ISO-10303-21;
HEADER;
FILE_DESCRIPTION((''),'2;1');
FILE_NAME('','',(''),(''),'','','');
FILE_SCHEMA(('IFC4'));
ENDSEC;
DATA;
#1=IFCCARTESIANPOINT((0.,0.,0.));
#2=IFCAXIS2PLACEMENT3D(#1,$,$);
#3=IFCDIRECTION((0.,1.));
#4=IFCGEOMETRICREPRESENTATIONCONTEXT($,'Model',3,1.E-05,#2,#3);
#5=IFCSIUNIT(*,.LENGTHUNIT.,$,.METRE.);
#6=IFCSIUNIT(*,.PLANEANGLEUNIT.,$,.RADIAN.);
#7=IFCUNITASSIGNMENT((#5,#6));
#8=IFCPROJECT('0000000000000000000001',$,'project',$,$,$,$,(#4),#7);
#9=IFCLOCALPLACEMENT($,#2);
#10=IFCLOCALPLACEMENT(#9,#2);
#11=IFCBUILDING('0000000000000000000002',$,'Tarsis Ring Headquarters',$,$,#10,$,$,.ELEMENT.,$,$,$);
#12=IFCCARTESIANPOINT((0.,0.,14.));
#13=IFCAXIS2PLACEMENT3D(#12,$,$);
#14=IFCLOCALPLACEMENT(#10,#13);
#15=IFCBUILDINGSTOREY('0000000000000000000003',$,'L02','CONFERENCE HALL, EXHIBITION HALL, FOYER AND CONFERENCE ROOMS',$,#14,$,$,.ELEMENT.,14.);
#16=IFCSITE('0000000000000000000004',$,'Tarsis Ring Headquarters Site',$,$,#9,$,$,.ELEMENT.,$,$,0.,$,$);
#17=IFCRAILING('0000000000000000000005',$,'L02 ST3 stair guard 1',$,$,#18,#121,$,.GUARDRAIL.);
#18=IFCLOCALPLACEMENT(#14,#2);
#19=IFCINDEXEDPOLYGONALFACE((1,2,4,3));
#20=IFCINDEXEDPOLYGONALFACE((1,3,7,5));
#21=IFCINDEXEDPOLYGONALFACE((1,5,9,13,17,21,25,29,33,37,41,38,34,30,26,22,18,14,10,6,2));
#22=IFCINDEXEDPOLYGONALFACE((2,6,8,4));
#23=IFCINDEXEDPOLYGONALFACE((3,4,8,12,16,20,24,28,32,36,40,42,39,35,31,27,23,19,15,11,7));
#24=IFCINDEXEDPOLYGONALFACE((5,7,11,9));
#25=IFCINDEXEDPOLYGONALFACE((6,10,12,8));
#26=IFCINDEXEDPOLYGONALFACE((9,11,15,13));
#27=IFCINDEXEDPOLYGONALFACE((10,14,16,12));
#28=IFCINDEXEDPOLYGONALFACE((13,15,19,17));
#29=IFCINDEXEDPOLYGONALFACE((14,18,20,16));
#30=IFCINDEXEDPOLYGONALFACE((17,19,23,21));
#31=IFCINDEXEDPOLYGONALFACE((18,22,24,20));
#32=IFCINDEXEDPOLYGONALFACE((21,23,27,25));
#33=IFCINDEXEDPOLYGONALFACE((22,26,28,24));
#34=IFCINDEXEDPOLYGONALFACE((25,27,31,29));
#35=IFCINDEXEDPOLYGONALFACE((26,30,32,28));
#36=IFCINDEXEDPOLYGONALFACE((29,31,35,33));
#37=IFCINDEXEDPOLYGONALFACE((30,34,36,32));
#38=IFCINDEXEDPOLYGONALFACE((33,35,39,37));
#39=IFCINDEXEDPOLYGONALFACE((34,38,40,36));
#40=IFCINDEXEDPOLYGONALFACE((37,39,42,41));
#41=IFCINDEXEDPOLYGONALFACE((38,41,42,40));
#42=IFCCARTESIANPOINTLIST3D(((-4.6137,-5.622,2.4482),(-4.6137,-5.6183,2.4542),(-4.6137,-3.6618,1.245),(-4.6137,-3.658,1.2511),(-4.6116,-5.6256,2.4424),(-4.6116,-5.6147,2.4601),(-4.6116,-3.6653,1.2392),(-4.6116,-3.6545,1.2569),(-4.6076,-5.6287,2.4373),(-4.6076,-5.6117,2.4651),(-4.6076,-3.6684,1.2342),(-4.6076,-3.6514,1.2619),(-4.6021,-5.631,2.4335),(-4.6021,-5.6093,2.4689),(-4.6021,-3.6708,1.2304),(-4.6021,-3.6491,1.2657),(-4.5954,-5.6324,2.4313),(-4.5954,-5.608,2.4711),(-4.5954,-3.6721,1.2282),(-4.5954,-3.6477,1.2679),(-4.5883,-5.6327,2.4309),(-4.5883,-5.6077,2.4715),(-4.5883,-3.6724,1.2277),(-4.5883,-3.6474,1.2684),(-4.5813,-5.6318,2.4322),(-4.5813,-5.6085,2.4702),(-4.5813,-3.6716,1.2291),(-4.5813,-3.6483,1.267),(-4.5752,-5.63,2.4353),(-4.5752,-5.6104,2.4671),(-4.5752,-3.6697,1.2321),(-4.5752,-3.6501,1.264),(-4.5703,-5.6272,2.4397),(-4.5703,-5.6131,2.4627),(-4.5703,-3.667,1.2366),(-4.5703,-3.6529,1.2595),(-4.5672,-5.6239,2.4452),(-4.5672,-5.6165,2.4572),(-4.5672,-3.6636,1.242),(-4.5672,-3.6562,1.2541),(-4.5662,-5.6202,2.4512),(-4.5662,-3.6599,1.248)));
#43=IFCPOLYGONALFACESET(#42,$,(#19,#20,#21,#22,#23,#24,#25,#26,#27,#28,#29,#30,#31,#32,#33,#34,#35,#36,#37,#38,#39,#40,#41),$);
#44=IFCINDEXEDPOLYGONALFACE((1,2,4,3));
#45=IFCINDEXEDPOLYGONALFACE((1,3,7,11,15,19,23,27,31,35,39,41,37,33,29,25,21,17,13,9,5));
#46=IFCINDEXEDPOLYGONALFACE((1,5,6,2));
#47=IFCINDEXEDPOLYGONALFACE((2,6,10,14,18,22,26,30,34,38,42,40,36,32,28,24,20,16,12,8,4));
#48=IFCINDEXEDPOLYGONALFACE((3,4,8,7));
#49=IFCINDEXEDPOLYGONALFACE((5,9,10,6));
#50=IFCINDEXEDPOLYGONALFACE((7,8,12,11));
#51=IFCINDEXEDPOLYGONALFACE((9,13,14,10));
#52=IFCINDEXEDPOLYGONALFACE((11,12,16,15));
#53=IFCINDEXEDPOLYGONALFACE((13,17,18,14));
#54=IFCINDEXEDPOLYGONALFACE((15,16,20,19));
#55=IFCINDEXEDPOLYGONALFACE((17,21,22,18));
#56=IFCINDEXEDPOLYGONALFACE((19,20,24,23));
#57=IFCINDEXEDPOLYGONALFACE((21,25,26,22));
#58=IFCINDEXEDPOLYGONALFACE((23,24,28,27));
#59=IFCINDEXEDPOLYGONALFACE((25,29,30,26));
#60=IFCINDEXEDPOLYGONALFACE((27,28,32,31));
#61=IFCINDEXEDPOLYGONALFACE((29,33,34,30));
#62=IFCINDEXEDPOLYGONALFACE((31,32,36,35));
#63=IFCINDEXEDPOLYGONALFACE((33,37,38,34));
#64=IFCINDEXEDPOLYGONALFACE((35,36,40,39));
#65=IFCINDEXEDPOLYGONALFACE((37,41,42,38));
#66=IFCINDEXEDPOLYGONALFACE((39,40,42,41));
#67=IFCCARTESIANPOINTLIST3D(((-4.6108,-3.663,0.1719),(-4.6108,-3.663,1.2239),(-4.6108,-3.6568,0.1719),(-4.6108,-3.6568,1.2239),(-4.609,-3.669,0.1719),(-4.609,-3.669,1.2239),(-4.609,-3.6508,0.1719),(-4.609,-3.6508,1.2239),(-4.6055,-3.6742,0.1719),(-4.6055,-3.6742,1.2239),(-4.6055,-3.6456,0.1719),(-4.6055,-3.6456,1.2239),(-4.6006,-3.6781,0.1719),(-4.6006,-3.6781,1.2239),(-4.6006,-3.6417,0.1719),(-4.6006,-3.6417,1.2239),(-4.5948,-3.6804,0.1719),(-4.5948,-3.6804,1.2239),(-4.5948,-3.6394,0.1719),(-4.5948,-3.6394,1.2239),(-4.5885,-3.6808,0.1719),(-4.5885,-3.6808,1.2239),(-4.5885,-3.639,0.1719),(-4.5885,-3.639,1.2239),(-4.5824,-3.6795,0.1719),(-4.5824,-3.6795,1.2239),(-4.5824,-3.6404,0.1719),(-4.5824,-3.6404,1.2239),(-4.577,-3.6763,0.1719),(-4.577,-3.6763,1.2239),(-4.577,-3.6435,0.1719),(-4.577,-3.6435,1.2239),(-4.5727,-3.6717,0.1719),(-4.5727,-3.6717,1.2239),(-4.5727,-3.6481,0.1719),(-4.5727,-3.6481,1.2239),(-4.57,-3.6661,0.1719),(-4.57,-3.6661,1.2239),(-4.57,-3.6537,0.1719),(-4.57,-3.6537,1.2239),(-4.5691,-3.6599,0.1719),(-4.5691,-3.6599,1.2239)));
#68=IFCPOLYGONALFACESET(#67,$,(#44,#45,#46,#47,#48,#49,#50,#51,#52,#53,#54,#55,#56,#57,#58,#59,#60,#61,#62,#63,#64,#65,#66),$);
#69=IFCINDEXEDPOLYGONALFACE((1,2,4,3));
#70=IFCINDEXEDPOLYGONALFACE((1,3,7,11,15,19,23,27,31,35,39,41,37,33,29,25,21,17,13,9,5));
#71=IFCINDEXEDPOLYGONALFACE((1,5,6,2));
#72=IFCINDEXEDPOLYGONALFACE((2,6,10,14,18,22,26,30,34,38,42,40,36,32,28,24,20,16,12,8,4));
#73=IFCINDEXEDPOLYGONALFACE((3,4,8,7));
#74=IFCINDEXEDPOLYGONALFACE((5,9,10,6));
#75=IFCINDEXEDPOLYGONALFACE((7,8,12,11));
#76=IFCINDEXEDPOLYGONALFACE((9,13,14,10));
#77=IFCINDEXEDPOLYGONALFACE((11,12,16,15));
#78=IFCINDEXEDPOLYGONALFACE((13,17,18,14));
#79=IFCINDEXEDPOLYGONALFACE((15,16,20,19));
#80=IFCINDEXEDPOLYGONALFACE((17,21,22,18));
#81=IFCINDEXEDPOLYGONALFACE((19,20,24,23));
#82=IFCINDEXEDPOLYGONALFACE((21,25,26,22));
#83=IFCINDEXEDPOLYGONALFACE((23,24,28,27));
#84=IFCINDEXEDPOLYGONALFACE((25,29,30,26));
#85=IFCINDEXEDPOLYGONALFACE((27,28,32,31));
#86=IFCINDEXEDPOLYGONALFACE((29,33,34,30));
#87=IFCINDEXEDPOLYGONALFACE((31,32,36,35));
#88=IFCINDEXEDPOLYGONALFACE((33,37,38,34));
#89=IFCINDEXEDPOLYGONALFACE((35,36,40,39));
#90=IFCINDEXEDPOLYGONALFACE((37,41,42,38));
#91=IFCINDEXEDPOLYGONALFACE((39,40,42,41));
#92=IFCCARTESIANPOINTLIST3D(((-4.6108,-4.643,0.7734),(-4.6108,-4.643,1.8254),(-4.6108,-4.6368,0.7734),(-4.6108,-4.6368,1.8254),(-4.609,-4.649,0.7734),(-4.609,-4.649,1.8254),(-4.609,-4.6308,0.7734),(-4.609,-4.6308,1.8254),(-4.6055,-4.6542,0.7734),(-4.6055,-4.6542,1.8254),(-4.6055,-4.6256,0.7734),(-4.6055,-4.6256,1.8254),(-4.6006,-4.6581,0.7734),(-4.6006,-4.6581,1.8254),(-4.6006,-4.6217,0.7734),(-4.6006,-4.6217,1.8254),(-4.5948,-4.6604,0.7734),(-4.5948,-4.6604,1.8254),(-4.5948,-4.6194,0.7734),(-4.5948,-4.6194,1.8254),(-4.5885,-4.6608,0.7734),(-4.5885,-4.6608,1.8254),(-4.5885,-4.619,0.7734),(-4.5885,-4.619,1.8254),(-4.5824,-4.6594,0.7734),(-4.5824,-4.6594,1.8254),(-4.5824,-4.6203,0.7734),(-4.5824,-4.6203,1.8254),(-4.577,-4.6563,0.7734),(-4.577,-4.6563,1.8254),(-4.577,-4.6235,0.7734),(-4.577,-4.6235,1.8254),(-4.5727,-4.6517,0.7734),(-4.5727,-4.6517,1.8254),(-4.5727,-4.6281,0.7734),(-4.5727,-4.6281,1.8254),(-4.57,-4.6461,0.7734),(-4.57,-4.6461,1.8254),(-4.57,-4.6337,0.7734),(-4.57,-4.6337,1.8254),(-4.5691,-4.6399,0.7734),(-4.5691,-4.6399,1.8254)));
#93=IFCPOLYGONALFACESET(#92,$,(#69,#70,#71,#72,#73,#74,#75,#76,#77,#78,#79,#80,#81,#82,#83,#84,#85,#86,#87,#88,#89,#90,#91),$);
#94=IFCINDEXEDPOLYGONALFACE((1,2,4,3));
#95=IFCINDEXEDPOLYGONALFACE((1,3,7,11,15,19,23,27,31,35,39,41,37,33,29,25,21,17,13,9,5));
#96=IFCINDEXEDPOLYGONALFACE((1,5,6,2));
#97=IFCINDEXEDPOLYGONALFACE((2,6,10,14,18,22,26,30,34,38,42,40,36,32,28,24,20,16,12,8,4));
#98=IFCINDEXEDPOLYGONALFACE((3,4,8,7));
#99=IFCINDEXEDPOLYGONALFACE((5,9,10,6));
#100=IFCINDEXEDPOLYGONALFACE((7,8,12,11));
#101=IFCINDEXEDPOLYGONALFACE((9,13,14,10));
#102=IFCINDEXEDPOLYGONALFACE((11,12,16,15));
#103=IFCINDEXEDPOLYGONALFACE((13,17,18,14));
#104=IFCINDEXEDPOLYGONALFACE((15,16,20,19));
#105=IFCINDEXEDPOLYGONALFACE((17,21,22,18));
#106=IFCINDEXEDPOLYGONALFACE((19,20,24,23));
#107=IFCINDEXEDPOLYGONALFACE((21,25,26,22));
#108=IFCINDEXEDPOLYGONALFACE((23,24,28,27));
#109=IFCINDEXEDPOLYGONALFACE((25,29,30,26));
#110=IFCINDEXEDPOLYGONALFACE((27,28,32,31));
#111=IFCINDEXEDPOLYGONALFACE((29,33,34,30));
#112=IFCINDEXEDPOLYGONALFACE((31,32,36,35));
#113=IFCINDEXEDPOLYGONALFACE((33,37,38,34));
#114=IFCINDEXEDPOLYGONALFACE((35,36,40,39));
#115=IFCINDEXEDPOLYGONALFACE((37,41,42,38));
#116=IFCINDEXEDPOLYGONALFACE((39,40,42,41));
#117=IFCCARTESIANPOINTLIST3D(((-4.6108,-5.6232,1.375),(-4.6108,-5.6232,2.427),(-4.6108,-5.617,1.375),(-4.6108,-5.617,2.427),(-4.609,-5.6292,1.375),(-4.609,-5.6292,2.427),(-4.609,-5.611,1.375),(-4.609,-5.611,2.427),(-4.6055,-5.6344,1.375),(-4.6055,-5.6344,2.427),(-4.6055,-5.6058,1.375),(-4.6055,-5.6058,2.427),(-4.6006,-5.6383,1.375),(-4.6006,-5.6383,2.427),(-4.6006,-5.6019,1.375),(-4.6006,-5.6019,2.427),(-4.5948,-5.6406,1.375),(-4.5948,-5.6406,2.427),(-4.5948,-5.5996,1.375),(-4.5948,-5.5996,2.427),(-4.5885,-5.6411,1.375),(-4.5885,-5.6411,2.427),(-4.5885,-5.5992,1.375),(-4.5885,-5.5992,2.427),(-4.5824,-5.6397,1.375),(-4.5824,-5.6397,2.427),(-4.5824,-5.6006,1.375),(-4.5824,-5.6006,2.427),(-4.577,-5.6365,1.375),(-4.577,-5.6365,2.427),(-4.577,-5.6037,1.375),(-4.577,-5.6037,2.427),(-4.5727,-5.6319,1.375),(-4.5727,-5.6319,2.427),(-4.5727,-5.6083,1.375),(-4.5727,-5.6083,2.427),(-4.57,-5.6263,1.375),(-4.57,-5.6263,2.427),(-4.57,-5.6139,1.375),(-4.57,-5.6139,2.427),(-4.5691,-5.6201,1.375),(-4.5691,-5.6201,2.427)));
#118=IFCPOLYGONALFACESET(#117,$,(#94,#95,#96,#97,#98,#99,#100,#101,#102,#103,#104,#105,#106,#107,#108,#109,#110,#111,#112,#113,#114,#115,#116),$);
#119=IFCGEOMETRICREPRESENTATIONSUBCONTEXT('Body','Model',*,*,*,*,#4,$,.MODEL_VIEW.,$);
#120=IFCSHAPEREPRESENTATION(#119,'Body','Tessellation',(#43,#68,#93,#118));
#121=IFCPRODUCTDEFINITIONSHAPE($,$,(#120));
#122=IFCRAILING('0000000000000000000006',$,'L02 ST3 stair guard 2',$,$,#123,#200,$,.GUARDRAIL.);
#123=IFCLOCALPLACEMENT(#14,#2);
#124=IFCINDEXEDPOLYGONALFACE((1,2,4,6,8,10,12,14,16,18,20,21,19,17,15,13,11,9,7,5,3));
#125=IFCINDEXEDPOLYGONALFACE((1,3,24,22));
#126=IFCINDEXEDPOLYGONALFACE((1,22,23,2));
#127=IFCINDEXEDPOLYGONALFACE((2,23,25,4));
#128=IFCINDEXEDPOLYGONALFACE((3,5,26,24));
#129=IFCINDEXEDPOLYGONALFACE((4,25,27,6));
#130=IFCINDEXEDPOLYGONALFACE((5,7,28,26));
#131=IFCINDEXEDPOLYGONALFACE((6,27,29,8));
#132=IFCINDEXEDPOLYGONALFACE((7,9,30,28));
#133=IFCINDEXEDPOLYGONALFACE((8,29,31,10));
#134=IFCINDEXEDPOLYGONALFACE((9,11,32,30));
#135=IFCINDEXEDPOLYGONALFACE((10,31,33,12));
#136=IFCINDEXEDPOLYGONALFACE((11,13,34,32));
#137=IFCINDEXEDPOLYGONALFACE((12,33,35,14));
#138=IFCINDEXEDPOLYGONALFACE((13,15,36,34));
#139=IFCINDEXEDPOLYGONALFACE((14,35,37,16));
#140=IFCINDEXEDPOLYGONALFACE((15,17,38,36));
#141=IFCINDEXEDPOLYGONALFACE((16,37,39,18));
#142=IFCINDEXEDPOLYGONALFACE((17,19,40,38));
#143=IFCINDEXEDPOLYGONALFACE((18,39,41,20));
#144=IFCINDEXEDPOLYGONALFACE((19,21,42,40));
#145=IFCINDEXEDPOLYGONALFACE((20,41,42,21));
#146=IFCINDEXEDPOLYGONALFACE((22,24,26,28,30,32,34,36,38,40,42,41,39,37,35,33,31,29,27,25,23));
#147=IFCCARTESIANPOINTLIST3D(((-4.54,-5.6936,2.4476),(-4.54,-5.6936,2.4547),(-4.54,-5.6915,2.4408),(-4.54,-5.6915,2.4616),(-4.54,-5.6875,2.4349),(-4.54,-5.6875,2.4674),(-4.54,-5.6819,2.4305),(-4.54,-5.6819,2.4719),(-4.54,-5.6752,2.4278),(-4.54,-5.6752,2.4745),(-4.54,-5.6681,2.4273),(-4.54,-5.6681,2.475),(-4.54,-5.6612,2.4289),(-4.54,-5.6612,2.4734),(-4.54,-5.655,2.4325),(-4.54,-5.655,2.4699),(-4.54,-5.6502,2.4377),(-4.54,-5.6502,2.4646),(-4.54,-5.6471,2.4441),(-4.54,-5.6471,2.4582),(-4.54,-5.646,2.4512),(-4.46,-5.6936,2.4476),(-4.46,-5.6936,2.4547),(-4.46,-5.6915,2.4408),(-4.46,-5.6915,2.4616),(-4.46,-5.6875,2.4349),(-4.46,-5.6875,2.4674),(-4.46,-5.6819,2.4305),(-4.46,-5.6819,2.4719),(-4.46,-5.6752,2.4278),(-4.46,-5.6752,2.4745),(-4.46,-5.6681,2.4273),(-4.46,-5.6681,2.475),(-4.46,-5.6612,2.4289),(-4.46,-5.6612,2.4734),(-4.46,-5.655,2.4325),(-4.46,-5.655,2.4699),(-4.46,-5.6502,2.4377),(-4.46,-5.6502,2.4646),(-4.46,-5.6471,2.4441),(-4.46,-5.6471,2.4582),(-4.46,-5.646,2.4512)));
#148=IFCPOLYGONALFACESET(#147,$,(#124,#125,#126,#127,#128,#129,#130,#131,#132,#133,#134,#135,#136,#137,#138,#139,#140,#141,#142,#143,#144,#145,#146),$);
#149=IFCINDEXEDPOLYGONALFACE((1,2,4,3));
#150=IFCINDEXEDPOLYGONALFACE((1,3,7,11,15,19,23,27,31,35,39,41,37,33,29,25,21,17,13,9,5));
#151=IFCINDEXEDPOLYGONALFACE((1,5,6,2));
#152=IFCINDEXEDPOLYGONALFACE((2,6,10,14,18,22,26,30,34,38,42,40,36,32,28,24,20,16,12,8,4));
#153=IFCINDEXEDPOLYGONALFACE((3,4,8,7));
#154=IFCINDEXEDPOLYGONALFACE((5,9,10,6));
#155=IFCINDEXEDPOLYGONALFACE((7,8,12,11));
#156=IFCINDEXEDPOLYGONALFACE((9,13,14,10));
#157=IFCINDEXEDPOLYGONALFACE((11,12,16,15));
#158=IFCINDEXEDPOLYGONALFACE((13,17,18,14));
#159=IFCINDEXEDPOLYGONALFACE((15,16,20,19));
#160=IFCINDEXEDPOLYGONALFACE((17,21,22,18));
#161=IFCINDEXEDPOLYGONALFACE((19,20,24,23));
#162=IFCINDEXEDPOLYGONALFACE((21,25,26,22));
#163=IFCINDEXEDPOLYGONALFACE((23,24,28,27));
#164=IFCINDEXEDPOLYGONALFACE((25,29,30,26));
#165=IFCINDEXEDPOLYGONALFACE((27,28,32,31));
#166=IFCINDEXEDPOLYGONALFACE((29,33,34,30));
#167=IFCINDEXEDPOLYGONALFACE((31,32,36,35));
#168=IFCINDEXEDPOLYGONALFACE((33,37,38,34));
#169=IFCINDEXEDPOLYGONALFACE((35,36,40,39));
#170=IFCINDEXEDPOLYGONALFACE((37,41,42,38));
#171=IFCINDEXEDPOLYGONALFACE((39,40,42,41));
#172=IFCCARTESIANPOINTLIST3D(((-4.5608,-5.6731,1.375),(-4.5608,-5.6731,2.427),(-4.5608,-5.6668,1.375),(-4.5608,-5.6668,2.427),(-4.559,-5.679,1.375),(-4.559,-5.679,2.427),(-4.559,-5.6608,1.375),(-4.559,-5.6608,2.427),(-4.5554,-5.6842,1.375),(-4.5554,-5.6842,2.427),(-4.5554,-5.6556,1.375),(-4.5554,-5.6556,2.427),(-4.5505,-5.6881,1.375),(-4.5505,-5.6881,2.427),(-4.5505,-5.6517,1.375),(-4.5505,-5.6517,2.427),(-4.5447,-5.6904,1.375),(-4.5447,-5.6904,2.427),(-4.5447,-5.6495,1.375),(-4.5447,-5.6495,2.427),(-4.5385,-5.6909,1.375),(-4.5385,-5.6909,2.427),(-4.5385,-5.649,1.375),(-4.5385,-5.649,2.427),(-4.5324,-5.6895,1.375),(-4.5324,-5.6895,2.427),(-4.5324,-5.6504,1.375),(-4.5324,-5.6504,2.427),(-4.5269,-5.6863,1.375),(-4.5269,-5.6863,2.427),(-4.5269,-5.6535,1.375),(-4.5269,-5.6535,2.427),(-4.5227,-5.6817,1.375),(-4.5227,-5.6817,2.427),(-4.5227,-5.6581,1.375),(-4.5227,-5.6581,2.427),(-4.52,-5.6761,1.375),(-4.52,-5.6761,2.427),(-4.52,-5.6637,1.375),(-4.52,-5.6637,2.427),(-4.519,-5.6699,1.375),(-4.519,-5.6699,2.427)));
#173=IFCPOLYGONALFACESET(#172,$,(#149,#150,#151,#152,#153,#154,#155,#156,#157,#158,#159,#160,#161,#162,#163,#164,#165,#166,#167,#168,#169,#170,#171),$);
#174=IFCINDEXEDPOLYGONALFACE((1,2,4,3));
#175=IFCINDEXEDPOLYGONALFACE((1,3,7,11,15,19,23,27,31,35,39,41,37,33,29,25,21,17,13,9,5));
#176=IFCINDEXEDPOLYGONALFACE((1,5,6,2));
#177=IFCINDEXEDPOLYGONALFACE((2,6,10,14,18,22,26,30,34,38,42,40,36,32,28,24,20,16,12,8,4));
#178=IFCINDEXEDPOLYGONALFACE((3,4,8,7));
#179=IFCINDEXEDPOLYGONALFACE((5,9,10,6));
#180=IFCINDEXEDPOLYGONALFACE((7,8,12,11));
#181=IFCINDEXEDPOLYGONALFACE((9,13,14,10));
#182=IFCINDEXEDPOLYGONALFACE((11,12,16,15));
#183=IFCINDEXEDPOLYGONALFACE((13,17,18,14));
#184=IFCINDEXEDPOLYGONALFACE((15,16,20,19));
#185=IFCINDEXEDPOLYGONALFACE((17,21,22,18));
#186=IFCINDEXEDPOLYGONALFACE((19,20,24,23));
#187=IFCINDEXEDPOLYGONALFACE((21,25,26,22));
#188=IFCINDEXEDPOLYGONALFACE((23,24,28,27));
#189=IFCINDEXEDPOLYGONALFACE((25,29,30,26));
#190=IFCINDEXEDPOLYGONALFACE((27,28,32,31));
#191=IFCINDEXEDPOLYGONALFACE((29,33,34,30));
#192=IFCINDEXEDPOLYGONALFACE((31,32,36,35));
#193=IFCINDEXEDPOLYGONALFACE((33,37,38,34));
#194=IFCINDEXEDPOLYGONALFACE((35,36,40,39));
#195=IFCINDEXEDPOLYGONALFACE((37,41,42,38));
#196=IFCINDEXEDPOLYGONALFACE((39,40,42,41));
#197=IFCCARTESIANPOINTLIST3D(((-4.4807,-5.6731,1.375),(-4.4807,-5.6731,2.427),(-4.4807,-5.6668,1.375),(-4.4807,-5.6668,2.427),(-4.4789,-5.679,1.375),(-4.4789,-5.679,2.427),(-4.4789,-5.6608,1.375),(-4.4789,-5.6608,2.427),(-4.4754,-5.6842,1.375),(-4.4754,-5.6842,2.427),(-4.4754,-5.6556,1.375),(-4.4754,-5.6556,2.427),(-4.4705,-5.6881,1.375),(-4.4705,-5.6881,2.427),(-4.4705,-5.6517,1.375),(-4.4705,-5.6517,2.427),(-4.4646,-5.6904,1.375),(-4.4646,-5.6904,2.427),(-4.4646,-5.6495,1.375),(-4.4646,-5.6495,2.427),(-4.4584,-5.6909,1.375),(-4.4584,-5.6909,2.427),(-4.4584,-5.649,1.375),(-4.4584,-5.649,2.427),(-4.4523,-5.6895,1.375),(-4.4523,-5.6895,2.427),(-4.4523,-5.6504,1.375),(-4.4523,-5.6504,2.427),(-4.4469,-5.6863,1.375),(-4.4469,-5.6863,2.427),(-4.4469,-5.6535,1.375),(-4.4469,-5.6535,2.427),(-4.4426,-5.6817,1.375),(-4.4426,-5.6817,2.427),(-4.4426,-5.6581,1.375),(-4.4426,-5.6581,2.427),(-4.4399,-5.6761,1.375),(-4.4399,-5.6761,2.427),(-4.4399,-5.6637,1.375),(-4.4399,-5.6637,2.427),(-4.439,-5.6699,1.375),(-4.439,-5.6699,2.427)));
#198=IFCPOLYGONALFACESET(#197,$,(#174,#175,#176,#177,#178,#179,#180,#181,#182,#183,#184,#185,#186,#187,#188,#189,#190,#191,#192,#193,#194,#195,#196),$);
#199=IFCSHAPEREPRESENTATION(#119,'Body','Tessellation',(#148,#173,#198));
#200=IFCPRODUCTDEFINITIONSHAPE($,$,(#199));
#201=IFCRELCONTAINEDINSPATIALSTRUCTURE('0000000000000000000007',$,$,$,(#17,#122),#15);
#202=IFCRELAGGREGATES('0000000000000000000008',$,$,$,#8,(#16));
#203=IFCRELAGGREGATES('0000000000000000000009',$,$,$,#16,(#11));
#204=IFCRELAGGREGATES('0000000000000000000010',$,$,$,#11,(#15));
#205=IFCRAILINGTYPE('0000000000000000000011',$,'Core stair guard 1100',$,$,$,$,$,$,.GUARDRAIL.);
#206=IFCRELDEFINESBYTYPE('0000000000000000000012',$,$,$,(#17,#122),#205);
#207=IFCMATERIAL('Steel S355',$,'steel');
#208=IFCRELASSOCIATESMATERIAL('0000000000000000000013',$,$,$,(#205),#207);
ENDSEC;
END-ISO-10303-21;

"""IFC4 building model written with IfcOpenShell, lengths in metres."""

from ifc_helpers import new_model, si_unit, direction, frame, origin, origin_2d, place, context, subcontext, project, spatial, circle, extrude, material, type_object, element, save


model = new_model("IFC4")

# Units and contexts
model_context = context("Model", 3, precision=1e-05, world=origin(), true_north=direction((0.0, 1.0)))
body_context = subcontext(model_context, "Body", "Model", "MODEL_VIEW")
ifc_project = project(units=[si_unit("LENGTHUNIT", "METRE"), si_unit("PLANEANGLEUNIT", "RADIAN")], contexts=[model_context])

# Site, building, storey
site_placement = place(None, origin())
site = spatial("IfcSite", under=ifc_project, at=site_placement, Name="Tarsis Ring Headquarters Site", CompositionType="ELEMENT", RefElevation=0.0)
building_placement = place(site_placement, origin())
building = spatial("IfcBuilding", under=site, at=building_placement, Name="Tarsis Ring Headquarters", CompositionType="ELEMENT")
storey_placement = place(building_placement, frame((0.0, 0.0, 14.0)))
storey = spatial("IfcBuildingStorey", under=building, at=storey_placement, Name="L02", Description="CONFERENCE HALL, EXHIBITION HALL, FOYER AND CONFERENCE ROOMS", CompositionType="ELEMENT", Elevation=14.0)

# Railings
ifc_material_1 = material(Name="Steel S355", Category="steel")
railing_type_1 = type_object("IfcRailingType", Name="Core stair guard 1100", PredefinedType="GUARDRAIL", material=ifc_material_1)
railing_1_placement = place(storey_placement, frame((-4.5901, -3.6599, 0.1719)))
element("IfcRailing", 1, at=railing_1_placement, inside=storey, type_object=railing_type_1, Name="L02 ST3 stair guard 1", PredefinedType="GUARDRAIL", context=body_context, shape_type="SweptSolid", body=[
    extrude(circle(Radius=0.0239, at=origin_2d()), frame((0.0, 0.0, 1.0762), z_axis=(0.0, -0.85227, 0.523102), x_axis=(1.0, 0.0, 0.0)), (0.0, 0.0, 1.0), 2.3),
    extrude(circle(Radius=0.021, at=origin_2d()), origin(), (0.0, 0.0, 1.0), 1.052),
    extrude(circle(Radius=0.021, at=origin_2d()), frame((0.0, -0.98, 0.6016)), (0.0, 0.0, 1.0), 1.052),
    extrude(circle(Radius=0.021, at=origin_2d()), frame((0.0, -1.9602, 1.2031)), (0.0, 0.0, 1.0), 1.052),
])
railing_2_placement = place(storey_placement, frame((-4.54, -5.6699, 1.375)))
element("IfcRailing", 2, at=railing_2_placement, inside=storey, type_object=railing_type_1, Name="L02 ST3 stair guard 2", PredefinedType="GUARDRAIL", context=body_context, shape_type="SweptSolid", body=[
    extrude(circle(Radius=0.0239, at=origin_2d()), frame((0.0, 0.0, 1.0762), z_axis=(1.0, 0.0, 0.0), x_axis=(0.0, 1.0, 0.0)), (0.0, 0.0, 1.0), 0.0801),
    extrude(circle(Radius=0.021, at=origin_2d()), origin(), (0.0, 0.0, 1.0), 1.052),
    extrude(circle(Radius=0.021, at=origin_2d()), frame((0.0801, 0.0, 0.0)), (0.0, 0.0, 1.0), 1.052),
])

save(model, "model.ifc")
